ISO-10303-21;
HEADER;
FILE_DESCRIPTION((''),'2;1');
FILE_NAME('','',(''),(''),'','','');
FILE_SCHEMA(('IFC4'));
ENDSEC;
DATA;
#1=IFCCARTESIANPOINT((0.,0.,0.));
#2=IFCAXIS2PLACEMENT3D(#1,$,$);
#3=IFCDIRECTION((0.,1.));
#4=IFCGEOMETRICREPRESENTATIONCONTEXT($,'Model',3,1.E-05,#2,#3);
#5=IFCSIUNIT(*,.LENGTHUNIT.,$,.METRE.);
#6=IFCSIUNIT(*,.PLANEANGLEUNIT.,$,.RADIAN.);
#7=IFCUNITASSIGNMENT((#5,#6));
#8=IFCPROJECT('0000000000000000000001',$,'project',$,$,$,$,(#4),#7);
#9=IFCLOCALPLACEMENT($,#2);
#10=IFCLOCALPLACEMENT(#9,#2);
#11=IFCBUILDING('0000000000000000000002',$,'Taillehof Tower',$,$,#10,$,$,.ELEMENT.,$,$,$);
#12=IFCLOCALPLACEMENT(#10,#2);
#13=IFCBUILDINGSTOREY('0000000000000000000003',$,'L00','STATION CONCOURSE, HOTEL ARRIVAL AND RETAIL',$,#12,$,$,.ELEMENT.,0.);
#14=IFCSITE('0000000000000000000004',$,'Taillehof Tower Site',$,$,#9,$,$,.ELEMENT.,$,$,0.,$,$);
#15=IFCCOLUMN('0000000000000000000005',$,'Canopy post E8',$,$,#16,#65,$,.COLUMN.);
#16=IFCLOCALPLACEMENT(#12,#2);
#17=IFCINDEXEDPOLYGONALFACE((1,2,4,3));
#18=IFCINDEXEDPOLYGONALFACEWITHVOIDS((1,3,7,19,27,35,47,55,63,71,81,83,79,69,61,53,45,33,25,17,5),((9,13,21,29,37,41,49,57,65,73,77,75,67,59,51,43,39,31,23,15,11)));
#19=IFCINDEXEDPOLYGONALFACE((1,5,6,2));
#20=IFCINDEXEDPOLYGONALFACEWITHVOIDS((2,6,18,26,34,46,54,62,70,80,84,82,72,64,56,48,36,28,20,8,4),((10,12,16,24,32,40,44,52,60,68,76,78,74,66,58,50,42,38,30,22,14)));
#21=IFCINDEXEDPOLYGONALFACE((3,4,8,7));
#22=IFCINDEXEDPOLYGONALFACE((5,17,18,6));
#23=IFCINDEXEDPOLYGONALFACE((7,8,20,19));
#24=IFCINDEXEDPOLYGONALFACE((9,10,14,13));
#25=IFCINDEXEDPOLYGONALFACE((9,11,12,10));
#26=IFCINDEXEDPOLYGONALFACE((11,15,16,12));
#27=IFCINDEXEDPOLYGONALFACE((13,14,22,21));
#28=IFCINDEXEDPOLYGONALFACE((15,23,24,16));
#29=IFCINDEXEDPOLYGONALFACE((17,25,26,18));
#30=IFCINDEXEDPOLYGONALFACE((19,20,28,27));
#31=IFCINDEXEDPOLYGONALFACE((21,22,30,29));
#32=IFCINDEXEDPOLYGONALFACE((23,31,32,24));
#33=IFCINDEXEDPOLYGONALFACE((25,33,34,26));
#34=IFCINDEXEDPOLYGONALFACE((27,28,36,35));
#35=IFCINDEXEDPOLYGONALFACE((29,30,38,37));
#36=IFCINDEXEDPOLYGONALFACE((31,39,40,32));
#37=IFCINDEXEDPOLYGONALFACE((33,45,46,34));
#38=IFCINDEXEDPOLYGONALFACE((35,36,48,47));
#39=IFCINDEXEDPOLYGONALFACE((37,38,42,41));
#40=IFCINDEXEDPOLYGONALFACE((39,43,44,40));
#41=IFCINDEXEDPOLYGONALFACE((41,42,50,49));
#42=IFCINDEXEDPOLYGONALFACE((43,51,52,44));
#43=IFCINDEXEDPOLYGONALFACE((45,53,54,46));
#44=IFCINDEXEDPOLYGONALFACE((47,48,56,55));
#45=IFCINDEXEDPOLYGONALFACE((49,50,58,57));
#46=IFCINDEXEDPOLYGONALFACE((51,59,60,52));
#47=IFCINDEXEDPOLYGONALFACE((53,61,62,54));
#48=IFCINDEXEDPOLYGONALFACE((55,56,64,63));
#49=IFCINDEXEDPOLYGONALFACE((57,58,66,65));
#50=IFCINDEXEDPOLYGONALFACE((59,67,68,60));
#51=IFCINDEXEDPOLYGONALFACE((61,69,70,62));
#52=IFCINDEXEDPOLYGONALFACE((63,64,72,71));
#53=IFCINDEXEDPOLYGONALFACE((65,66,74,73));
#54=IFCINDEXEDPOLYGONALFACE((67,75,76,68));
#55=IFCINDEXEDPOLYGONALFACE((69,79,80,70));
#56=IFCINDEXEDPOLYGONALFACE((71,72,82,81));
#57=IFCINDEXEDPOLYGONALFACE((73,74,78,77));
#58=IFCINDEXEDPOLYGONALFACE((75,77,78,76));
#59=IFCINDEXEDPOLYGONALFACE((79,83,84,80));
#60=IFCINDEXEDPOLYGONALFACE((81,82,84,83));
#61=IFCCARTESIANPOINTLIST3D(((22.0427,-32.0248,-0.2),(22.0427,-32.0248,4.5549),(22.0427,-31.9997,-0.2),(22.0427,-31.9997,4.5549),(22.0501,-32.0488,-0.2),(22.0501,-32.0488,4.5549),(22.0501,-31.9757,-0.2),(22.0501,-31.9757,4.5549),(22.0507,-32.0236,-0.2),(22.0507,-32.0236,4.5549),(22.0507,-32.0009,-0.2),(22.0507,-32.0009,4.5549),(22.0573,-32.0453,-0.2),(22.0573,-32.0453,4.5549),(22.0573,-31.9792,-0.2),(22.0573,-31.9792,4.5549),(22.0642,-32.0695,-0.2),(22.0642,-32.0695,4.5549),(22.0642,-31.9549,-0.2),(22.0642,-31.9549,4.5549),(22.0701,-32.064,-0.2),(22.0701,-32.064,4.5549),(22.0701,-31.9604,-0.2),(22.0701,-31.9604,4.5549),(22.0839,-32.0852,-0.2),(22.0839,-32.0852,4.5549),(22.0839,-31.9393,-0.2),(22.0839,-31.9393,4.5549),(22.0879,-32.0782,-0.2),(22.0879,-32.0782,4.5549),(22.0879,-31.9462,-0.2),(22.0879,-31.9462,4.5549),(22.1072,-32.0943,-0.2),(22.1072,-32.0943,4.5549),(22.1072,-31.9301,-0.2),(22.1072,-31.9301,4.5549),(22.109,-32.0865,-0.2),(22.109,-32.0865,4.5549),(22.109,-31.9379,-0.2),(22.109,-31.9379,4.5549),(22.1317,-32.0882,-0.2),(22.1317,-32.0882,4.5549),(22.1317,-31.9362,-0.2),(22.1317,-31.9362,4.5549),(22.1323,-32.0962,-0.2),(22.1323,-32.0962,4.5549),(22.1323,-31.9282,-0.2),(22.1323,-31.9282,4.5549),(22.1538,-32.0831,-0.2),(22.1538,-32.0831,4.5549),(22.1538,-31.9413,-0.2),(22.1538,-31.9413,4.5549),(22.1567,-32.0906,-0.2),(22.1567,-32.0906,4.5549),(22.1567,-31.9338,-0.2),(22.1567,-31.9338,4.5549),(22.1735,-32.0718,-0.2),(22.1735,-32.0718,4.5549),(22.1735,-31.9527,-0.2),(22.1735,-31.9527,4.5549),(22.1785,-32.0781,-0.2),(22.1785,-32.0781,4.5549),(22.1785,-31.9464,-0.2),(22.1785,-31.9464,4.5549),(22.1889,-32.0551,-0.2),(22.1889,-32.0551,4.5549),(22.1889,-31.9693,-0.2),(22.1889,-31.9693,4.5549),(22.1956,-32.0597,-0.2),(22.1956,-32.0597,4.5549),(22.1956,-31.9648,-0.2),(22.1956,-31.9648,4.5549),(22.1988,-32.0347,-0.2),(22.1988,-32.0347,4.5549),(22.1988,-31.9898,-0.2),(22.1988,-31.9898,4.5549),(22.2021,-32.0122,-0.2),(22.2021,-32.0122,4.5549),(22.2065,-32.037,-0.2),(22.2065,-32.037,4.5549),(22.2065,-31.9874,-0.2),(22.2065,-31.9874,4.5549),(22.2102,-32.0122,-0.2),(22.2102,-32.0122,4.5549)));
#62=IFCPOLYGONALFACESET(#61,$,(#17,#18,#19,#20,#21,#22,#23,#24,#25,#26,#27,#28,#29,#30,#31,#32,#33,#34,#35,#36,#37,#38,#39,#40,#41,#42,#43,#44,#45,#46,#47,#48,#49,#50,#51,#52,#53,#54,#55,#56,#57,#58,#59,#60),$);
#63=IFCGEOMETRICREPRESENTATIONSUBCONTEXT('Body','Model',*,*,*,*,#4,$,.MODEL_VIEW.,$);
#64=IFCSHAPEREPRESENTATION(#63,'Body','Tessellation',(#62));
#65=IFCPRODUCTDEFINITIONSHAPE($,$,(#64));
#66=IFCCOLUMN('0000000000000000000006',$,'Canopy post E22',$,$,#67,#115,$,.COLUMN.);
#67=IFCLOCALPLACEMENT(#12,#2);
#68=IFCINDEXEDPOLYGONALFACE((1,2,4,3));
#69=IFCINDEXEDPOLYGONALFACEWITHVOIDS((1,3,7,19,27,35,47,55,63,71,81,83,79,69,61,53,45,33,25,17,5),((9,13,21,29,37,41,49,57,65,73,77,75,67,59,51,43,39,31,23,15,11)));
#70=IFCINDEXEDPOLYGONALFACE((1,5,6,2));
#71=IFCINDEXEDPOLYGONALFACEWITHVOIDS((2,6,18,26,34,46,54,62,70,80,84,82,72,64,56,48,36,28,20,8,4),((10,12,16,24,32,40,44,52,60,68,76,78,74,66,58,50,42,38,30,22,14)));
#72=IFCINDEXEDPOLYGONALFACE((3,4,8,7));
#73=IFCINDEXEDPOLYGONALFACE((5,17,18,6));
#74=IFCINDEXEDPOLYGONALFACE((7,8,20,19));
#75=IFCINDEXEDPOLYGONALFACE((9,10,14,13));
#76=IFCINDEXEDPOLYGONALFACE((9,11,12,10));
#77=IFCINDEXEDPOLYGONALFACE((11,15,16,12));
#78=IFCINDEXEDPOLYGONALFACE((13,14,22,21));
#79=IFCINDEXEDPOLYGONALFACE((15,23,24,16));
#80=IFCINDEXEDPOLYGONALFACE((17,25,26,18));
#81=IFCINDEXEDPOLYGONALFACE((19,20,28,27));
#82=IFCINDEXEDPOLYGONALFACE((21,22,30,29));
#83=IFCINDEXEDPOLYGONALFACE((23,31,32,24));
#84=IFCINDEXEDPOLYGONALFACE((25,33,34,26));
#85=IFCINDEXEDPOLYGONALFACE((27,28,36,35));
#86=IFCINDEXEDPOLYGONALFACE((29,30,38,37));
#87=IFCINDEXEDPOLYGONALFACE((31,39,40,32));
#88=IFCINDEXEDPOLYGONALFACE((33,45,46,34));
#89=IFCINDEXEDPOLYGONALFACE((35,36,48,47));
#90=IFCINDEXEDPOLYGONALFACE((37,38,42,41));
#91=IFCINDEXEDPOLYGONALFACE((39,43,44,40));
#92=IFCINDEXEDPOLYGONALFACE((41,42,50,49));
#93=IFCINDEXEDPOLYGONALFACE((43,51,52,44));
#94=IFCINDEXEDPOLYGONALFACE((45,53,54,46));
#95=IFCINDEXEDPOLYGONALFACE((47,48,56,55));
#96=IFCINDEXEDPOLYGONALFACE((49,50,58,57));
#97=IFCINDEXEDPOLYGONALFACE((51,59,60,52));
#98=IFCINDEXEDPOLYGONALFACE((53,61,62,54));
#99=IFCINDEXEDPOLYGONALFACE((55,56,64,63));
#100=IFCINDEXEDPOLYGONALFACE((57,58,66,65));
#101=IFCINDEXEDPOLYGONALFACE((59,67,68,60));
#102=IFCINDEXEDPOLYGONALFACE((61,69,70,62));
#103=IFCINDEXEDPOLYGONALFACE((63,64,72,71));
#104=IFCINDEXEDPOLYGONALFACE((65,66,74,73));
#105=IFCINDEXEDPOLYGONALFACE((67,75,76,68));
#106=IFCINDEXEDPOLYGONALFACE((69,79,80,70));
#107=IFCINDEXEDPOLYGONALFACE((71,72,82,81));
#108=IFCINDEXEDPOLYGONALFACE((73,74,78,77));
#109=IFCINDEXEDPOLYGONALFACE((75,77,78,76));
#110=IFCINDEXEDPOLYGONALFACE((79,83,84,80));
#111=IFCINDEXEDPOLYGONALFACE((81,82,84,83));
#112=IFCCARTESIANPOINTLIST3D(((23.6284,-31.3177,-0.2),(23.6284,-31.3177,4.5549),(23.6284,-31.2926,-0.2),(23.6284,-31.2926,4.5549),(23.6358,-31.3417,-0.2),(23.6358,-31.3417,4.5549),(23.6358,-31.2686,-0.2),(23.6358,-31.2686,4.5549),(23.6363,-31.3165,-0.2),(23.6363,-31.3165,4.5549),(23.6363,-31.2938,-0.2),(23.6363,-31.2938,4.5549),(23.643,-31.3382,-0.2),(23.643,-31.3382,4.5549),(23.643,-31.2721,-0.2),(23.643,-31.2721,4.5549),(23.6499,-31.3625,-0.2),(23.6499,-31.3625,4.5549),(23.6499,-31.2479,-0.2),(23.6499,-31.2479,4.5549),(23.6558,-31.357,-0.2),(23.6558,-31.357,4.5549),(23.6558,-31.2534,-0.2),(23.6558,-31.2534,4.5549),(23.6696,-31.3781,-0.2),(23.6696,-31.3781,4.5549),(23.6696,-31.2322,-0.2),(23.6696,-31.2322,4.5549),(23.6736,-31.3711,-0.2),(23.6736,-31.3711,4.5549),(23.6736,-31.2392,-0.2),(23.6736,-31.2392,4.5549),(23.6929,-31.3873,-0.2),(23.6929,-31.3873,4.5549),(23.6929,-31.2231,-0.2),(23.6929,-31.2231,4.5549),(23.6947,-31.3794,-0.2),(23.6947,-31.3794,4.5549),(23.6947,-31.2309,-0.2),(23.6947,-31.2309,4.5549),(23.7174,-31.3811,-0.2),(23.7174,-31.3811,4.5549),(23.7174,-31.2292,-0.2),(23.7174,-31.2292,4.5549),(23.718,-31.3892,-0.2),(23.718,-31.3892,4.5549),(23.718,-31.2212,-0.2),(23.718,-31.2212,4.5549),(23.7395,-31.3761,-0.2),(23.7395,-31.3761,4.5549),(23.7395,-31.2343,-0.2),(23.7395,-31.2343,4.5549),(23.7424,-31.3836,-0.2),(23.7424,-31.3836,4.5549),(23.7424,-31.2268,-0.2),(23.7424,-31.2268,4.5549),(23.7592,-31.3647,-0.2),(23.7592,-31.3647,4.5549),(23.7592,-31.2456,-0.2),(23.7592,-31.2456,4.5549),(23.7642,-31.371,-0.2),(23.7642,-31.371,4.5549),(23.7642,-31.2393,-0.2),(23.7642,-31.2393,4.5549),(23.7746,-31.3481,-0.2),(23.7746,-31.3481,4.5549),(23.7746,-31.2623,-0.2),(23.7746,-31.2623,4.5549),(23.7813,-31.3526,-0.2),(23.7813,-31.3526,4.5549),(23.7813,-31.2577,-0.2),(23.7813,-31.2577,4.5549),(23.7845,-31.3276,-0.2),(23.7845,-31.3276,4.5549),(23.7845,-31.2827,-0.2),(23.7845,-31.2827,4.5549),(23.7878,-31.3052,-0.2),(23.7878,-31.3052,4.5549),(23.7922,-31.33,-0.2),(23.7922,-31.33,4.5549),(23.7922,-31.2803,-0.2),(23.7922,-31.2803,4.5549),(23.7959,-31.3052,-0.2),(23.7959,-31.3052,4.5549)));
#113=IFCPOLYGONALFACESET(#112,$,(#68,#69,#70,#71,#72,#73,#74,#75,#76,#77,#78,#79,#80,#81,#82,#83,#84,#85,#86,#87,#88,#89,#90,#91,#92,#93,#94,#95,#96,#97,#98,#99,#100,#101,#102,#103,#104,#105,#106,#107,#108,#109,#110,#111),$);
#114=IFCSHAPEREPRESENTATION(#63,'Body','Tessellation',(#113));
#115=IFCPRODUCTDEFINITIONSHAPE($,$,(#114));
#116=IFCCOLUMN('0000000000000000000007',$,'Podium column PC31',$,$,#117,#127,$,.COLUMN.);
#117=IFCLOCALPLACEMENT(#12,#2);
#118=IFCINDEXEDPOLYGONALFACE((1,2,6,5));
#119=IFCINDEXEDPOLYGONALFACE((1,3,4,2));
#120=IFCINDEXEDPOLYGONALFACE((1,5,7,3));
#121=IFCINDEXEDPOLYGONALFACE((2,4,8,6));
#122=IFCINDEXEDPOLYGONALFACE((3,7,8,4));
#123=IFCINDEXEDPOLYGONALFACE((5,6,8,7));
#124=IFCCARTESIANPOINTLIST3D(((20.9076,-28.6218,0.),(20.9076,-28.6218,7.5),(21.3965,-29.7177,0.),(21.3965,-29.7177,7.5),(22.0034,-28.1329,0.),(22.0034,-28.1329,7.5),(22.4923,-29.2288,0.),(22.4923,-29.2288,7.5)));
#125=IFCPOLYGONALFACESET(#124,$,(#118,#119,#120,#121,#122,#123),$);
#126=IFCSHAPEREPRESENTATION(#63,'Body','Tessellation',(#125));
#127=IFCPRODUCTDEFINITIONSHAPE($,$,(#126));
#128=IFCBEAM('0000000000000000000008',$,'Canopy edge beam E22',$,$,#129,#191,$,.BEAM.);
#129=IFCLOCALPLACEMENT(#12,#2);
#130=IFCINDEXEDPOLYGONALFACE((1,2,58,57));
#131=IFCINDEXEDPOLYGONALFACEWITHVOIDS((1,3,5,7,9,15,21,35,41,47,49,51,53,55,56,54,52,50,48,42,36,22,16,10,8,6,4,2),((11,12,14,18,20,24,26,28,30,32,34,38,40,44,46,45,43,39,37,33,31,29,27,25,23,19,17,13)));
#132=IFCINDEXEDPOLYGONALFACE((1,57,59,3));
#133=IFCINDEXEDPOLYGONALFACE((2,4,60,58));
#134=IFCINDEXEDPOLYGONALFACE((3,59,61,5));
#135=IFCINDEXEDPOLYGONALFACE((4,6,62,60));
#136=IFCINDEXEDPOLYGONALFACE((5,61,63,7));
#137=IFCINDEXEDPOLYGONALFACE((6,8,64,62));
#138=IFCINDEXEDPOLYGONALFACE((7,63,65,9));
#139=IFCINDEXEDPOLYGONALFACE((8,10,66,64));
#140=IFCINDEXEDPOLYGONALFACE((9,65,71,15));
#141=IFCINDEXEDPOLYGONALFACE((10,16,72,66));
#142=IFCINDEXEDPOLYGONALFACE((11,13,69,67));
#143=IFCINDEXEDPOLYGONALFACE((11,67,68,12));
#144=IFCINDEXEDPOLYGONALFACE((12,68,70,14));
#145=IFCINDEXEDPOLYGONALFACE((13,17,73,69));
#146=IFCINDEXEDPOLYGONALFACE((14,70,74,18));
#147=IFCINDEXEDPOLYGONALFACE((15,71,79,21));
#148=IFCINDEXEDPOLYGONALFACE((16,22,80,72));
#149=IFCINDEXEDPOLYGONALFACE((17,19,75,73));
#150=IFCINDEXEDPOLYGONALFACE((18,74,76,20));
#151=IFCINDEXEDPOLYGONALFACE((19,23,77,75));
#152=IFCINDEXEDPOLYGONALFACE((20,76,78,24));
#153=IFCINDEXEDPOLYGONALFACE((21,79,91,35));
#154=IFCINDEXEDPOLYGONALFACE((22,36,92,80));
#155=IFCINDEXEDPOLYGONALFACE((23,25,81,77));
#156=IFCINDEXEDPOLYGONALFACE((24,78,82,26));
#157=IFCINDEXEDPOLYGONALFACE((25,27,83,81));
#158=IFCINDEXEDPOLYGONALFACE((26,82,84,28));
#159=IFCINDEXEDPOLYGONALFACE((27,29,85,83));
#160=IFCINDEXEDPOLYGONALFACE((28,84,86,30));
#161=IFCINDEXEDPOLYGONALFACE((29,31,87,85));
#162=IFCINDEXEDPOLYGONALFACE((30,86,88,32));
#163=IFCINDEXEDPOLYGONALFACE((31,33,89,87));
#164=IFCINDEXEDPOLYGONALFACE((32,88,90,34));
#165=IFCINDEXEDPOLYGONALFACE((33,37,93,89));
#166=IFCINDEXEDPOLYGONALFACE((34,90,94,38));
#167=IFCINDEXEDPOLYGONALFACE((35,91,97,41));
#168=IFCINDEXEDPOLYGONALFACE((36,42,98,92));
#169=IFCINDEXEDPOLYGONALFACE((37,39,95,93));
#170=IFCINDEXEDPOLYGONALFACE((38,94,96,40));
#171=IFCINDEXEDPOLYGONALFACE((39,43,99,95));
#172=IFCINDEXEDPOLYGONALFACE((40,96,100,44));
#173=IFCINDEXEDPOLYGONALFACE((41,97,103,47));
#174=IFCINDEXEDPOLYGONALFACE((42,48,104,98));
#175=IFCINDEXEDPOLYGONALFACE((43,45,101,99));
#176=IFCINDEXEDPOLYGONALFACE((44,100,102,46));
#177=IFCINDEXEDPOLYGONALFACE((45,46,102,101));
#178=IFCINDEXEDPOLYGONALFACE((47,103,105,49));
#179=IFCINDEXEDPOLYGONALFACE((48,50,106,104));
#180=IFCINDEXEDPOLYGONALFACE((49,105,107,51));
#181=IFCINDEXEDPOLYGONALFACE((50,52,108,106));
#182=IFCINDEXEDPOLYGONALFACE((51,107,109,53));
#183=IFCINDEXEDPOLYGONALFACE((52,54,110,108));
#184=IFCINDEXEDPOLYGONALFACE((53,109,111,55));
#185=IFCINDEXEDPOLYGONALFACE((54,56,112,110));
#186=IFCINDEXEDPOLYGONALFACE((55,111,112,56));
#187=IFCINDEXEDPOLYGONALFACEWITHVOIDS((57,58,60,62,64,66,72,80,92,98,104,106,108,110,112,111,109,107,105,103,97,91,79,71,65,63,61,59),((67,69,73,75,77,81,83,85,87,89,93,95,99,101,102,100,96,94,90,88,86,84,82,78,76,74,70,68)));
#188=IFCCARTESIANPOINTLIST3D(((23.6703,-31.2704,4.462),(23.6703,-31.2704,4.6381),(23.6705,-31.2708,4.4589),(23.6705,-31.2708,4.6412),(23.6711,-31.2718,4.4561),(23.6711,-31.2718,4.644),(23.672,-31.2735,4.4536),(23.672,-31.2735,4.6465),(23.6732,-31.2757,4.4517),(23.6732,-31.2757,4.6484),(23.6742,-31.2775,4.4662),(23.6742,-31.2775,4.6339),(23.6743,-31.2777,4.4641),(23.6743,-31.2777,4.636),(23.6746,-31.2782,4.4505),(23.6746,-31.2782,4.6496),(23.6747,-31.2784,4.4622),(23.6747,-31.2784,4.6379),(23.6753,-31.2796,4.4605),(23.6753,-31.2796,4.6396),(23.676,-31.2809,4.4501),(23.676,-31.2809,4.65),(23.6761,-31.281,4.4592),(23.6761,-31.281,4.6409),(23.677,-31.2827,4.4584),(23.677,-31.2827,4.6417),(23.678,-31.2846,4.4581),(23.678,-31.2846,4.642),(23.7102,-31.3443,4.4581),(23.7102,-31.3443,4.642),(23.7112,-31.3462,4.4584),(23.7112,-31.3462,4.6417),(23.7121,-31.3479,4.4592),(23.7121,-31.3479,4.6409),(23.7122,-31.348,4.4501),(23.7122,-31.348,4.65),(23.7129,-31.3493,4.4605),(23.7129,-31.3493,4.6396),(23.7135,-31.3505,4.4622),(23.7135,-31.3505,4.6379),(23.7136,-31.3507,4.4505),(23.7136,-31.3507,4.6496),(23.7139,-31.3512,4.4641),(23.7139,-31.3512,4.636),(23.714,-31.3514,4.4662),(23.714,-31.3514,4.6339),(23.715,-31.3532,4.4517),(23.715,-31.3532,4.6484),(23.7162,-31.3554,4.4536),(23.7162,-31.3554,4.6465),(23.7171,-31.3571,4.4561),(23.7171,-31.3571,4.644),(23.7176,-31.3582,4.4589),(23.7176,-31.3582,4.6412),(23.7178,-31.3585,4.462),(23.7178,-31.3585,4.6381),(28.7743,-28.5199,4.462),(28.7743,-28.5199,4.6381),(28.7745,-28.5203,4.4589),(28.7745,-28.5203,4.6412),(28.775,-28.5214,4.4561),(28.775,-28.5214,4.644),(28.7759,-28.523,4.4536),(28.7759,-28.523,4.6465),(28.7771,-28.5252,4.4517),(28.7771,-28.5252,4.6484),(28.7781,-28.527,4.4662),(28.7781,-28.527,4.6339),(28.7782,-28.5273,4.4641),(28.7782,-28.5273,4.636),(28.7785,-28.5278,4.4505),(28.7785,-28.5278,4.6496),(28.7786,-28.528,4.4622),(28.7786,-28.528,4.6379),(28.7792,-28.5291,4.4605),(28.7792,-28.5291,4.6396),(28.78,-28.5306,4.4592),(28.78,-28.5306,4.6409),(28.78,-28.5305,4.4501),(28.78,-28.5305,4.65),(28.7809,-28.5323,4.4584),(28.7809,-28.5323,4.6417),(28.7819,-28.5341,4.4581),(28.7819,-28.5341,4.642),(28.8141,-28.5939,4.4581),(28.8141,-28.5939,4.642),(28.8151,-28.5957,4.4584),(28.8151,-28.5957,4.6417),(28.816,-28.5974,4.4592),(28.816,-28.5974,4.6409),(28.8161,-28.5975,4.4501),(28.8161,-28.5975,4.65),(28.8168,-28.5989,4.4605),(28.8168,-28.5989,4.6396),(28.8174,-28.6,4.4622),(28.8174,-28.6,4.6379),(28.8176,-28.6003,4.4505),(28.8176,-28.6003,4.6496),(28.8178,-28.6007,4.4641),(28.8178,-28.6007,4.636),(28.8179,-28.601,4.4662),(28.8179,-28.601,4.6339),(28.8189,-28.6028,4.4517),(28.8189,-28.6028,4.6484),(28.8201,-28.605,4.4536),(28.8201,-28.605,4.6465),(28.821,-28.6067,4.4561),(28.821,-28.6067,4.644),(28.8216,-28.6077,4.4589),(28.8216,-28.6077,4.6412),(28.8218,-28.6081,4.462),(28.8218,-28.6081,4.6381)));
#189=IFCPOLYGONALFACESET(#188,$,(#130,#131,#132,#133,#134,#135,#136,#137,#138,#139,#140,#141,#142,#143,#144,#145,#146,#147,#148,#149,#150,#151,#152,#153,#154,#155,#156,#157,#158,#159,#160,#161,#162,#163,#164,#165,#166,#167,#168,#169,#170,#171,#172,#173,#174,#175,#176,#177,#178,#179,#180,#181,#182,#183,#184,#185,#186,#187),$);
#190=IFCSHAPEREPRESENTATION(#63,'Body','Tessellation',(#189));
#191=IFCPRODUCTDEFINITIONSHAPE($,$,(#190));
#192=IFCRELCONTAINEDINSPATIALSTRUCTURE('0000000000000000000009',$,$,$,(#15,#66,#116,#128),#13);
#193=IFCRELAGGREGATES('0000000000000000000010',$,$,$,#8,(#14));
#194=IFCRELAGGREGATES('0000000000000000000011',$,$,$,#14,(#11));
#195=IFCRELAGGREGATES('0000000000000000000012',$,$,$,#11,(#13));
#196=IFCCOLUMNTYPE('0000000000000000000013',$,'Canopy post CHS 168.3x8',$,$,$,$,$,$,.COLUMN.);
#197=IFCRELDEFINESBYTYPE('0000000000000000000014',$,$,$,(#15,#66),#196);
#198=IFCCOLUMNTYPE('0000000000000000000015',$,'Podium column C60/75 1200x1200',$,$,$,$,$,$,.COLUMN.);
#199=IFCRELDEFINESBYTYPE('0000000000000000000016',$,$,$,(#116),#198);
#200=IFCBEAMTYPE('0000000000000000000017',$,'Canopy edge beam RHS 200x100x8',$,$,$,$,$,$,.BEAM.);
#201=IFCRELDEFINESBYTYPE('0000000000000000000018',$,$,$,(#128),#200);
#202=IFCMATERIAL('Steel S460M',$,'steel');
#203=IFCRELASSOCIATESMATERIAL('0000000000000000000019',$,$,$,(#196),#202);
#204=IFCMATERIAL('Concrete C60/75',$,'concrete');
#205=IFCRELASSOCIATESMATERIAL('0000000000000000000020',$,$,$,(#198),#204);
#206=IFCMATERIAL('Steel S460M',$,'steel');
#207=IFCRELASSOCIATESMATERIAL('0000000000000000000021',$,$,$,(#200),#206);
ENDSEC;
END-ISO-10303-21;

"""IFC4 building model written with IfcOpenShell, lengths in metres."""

from ifc_helpers import new_model, si_unit, direction, frame, origin, origin_2d, place, context, subcontext, project, spatial, rectangle, hollow_rectangle, hollow_circle, extrude, material, material_profile, profile_set, type_object, element, save


model = new_model("IFC4")

# Units and contexts
model_context = context("Model", 3, precision=1e-05, world=origin(), true_north=direction((0.0, 1.0)))
body_context = subcontext(model_context, "Body", "Model", "MODEL_VIEW")
ifc_project = project(units=[si_unit("LENGTHUNIT", "METRE"), si_unit("PLANEANGLEUNIT", "RADIAN")], contexts=[model_context])

# Site, building, storey
site_placement = place(None, origin())
site = spatial("IfcSite", under=ifc_project, at=site_placement, Name="Taillehof Tower Site", CompositionType="ELEMENT", RefElevation=0.0)
building_placement = place(site_placement, origin())
building = spatial("IfcBuilding", under=site, at=building_placement, Name="Taillehof Tower", CompositionType="ELEMENT")
storey_placement = place(building_placement, origin())
storey = spatial("IfcBuildingStorey", under=building, at=storey_placement, Name="L00", Description="STATION CONCOURSE, HOTEL ARRIVAL AND RETAIL", CompositionType="ELEMENT", Elevation=0.0)

# Columns
ifc_material_1 = material(Name="Steel S460M", Category="steel")
ifc_material_profile_1 = material_profile(ifc_material_1, hollow_circle(Radius=0.0842, WallThickness=0.0081, at=origin_2d()), Name="CHS 168.3x8")
ifc_profile_set_1 = profile_set([ifc_material_profile_1], Name="Steel S460M")
column_type_1 = type_object("IfcColumnType", Name="Canopy post CHS 168.3x8", PredefinedType="COLUMN", material=ifc_profile_set_1)
for number, where, z_axis, x_axis, name in (
    (1, (22.126, -32.0122, -0.2), (0.0, 0.0, 1.0), (1.0, 0.0, 0.0), "Canopy post E8"),
    (2, (23.7117, -31.3052, -0.2), (0.0, 0.0, 1.0), (1.0, 0.0, 0.0), "Canopy post E22"),
):
    element("IfcColumn", number, at=place(storey_placement, frame(where, z_axis=z_axis, x_axis=x_axis)), inside=storey, type_object=column_type_1, Name=name, PredefinedType="COLUMN", context=body_context, shape_type="SweptSolid", body=[
        extrude(hollow_circle(Radius=0.0842, WallThickness=0.0081, at=origin_2d()), origin(), (0.0, 0.0, 1.0), 4.7549),
    ])
ifc_material_2 = material(Name="Concrete C60/75", Category="concrete")
ifc_material_profile_2 = material_profile(ifc_material_2, rectangle(XDim=1.2, YDim=1.2, at=origin_2d()), Name="RC 1200x1200")
ifc_profile_set_2 = profile_set([ifc_material_profile_2], Name="Concrete C60/75")
column_type_2 = type_object("IfcColumnType", Name="Podium column C60/75 1200x1200", PredefinedType="COLUMN", material=ifc_profile_set_2)
column_placement = place(storey_placement, frame((21.7, -28.9253, 0.0), z_axis=(0.0, 0.0, 1.0), x_axis=(0.407427, -0.913238, 0.0)))
element("IfcColumn", 3, at=column_placement, inside=storey, type_object=column_type_2, Name="Podium column PC31", PredefinedType="COLUMN", context=body_context, shape_type="SweptSolid", body=[
    extrude(rectangle(XDim=1.2, YDim=1.2, at=origin_2d()), origin(), (0.0, 0.0, 1.0), 7.5),
])

# Beam
ifc_material_3 = material(Name="Steel S460M", Category="steel")
ifc_material_profile_3 = material_profile(ifc_material_3, hollow_rectangle(XDim=0.1001, YDim=0.2, WallThickness=0.0081, InnerFilletRadius=0.0081, OuterFilletRadius=0.012, at=origin_2d()), Name="RHS 200x100x8")
ifc_profile_set_3 = profile_set([ifc_material_profile_3], Name="Steel S460M")
beam_type_1 = type_object("IfcBeamType", Name="Canopy edge beam RHS 200x100x8", PredefinedType="BEAM", material=ifc_profile_set_3)
beam_1_placement = place(storey_placement, frame((23.6941, -31.3145, 4.55), z_axis=(0.880314, 0.474391, 0.0), x_axis=(-0.474391, 0.880314, 0.0)))
element("IfcBeam", 4, at=beam_1_placement, inside=storey, type_object=beam_type_1, Name="Canopy edge beam E22", PredefinedType="BEAM", context=body_context, shape_type="SweptSolid", body=[
    extrude(hollow_rectangle(XDim=0.1001, YDim=0.2, WallThickness=0.0081, InnerFilletRadius=0.0081, OuterFilletRadius=0.012, at=origin_2d()), origin(), (0.0, 0.0, 1.0), 5.7979),
])

save(model, "model.ifc")
